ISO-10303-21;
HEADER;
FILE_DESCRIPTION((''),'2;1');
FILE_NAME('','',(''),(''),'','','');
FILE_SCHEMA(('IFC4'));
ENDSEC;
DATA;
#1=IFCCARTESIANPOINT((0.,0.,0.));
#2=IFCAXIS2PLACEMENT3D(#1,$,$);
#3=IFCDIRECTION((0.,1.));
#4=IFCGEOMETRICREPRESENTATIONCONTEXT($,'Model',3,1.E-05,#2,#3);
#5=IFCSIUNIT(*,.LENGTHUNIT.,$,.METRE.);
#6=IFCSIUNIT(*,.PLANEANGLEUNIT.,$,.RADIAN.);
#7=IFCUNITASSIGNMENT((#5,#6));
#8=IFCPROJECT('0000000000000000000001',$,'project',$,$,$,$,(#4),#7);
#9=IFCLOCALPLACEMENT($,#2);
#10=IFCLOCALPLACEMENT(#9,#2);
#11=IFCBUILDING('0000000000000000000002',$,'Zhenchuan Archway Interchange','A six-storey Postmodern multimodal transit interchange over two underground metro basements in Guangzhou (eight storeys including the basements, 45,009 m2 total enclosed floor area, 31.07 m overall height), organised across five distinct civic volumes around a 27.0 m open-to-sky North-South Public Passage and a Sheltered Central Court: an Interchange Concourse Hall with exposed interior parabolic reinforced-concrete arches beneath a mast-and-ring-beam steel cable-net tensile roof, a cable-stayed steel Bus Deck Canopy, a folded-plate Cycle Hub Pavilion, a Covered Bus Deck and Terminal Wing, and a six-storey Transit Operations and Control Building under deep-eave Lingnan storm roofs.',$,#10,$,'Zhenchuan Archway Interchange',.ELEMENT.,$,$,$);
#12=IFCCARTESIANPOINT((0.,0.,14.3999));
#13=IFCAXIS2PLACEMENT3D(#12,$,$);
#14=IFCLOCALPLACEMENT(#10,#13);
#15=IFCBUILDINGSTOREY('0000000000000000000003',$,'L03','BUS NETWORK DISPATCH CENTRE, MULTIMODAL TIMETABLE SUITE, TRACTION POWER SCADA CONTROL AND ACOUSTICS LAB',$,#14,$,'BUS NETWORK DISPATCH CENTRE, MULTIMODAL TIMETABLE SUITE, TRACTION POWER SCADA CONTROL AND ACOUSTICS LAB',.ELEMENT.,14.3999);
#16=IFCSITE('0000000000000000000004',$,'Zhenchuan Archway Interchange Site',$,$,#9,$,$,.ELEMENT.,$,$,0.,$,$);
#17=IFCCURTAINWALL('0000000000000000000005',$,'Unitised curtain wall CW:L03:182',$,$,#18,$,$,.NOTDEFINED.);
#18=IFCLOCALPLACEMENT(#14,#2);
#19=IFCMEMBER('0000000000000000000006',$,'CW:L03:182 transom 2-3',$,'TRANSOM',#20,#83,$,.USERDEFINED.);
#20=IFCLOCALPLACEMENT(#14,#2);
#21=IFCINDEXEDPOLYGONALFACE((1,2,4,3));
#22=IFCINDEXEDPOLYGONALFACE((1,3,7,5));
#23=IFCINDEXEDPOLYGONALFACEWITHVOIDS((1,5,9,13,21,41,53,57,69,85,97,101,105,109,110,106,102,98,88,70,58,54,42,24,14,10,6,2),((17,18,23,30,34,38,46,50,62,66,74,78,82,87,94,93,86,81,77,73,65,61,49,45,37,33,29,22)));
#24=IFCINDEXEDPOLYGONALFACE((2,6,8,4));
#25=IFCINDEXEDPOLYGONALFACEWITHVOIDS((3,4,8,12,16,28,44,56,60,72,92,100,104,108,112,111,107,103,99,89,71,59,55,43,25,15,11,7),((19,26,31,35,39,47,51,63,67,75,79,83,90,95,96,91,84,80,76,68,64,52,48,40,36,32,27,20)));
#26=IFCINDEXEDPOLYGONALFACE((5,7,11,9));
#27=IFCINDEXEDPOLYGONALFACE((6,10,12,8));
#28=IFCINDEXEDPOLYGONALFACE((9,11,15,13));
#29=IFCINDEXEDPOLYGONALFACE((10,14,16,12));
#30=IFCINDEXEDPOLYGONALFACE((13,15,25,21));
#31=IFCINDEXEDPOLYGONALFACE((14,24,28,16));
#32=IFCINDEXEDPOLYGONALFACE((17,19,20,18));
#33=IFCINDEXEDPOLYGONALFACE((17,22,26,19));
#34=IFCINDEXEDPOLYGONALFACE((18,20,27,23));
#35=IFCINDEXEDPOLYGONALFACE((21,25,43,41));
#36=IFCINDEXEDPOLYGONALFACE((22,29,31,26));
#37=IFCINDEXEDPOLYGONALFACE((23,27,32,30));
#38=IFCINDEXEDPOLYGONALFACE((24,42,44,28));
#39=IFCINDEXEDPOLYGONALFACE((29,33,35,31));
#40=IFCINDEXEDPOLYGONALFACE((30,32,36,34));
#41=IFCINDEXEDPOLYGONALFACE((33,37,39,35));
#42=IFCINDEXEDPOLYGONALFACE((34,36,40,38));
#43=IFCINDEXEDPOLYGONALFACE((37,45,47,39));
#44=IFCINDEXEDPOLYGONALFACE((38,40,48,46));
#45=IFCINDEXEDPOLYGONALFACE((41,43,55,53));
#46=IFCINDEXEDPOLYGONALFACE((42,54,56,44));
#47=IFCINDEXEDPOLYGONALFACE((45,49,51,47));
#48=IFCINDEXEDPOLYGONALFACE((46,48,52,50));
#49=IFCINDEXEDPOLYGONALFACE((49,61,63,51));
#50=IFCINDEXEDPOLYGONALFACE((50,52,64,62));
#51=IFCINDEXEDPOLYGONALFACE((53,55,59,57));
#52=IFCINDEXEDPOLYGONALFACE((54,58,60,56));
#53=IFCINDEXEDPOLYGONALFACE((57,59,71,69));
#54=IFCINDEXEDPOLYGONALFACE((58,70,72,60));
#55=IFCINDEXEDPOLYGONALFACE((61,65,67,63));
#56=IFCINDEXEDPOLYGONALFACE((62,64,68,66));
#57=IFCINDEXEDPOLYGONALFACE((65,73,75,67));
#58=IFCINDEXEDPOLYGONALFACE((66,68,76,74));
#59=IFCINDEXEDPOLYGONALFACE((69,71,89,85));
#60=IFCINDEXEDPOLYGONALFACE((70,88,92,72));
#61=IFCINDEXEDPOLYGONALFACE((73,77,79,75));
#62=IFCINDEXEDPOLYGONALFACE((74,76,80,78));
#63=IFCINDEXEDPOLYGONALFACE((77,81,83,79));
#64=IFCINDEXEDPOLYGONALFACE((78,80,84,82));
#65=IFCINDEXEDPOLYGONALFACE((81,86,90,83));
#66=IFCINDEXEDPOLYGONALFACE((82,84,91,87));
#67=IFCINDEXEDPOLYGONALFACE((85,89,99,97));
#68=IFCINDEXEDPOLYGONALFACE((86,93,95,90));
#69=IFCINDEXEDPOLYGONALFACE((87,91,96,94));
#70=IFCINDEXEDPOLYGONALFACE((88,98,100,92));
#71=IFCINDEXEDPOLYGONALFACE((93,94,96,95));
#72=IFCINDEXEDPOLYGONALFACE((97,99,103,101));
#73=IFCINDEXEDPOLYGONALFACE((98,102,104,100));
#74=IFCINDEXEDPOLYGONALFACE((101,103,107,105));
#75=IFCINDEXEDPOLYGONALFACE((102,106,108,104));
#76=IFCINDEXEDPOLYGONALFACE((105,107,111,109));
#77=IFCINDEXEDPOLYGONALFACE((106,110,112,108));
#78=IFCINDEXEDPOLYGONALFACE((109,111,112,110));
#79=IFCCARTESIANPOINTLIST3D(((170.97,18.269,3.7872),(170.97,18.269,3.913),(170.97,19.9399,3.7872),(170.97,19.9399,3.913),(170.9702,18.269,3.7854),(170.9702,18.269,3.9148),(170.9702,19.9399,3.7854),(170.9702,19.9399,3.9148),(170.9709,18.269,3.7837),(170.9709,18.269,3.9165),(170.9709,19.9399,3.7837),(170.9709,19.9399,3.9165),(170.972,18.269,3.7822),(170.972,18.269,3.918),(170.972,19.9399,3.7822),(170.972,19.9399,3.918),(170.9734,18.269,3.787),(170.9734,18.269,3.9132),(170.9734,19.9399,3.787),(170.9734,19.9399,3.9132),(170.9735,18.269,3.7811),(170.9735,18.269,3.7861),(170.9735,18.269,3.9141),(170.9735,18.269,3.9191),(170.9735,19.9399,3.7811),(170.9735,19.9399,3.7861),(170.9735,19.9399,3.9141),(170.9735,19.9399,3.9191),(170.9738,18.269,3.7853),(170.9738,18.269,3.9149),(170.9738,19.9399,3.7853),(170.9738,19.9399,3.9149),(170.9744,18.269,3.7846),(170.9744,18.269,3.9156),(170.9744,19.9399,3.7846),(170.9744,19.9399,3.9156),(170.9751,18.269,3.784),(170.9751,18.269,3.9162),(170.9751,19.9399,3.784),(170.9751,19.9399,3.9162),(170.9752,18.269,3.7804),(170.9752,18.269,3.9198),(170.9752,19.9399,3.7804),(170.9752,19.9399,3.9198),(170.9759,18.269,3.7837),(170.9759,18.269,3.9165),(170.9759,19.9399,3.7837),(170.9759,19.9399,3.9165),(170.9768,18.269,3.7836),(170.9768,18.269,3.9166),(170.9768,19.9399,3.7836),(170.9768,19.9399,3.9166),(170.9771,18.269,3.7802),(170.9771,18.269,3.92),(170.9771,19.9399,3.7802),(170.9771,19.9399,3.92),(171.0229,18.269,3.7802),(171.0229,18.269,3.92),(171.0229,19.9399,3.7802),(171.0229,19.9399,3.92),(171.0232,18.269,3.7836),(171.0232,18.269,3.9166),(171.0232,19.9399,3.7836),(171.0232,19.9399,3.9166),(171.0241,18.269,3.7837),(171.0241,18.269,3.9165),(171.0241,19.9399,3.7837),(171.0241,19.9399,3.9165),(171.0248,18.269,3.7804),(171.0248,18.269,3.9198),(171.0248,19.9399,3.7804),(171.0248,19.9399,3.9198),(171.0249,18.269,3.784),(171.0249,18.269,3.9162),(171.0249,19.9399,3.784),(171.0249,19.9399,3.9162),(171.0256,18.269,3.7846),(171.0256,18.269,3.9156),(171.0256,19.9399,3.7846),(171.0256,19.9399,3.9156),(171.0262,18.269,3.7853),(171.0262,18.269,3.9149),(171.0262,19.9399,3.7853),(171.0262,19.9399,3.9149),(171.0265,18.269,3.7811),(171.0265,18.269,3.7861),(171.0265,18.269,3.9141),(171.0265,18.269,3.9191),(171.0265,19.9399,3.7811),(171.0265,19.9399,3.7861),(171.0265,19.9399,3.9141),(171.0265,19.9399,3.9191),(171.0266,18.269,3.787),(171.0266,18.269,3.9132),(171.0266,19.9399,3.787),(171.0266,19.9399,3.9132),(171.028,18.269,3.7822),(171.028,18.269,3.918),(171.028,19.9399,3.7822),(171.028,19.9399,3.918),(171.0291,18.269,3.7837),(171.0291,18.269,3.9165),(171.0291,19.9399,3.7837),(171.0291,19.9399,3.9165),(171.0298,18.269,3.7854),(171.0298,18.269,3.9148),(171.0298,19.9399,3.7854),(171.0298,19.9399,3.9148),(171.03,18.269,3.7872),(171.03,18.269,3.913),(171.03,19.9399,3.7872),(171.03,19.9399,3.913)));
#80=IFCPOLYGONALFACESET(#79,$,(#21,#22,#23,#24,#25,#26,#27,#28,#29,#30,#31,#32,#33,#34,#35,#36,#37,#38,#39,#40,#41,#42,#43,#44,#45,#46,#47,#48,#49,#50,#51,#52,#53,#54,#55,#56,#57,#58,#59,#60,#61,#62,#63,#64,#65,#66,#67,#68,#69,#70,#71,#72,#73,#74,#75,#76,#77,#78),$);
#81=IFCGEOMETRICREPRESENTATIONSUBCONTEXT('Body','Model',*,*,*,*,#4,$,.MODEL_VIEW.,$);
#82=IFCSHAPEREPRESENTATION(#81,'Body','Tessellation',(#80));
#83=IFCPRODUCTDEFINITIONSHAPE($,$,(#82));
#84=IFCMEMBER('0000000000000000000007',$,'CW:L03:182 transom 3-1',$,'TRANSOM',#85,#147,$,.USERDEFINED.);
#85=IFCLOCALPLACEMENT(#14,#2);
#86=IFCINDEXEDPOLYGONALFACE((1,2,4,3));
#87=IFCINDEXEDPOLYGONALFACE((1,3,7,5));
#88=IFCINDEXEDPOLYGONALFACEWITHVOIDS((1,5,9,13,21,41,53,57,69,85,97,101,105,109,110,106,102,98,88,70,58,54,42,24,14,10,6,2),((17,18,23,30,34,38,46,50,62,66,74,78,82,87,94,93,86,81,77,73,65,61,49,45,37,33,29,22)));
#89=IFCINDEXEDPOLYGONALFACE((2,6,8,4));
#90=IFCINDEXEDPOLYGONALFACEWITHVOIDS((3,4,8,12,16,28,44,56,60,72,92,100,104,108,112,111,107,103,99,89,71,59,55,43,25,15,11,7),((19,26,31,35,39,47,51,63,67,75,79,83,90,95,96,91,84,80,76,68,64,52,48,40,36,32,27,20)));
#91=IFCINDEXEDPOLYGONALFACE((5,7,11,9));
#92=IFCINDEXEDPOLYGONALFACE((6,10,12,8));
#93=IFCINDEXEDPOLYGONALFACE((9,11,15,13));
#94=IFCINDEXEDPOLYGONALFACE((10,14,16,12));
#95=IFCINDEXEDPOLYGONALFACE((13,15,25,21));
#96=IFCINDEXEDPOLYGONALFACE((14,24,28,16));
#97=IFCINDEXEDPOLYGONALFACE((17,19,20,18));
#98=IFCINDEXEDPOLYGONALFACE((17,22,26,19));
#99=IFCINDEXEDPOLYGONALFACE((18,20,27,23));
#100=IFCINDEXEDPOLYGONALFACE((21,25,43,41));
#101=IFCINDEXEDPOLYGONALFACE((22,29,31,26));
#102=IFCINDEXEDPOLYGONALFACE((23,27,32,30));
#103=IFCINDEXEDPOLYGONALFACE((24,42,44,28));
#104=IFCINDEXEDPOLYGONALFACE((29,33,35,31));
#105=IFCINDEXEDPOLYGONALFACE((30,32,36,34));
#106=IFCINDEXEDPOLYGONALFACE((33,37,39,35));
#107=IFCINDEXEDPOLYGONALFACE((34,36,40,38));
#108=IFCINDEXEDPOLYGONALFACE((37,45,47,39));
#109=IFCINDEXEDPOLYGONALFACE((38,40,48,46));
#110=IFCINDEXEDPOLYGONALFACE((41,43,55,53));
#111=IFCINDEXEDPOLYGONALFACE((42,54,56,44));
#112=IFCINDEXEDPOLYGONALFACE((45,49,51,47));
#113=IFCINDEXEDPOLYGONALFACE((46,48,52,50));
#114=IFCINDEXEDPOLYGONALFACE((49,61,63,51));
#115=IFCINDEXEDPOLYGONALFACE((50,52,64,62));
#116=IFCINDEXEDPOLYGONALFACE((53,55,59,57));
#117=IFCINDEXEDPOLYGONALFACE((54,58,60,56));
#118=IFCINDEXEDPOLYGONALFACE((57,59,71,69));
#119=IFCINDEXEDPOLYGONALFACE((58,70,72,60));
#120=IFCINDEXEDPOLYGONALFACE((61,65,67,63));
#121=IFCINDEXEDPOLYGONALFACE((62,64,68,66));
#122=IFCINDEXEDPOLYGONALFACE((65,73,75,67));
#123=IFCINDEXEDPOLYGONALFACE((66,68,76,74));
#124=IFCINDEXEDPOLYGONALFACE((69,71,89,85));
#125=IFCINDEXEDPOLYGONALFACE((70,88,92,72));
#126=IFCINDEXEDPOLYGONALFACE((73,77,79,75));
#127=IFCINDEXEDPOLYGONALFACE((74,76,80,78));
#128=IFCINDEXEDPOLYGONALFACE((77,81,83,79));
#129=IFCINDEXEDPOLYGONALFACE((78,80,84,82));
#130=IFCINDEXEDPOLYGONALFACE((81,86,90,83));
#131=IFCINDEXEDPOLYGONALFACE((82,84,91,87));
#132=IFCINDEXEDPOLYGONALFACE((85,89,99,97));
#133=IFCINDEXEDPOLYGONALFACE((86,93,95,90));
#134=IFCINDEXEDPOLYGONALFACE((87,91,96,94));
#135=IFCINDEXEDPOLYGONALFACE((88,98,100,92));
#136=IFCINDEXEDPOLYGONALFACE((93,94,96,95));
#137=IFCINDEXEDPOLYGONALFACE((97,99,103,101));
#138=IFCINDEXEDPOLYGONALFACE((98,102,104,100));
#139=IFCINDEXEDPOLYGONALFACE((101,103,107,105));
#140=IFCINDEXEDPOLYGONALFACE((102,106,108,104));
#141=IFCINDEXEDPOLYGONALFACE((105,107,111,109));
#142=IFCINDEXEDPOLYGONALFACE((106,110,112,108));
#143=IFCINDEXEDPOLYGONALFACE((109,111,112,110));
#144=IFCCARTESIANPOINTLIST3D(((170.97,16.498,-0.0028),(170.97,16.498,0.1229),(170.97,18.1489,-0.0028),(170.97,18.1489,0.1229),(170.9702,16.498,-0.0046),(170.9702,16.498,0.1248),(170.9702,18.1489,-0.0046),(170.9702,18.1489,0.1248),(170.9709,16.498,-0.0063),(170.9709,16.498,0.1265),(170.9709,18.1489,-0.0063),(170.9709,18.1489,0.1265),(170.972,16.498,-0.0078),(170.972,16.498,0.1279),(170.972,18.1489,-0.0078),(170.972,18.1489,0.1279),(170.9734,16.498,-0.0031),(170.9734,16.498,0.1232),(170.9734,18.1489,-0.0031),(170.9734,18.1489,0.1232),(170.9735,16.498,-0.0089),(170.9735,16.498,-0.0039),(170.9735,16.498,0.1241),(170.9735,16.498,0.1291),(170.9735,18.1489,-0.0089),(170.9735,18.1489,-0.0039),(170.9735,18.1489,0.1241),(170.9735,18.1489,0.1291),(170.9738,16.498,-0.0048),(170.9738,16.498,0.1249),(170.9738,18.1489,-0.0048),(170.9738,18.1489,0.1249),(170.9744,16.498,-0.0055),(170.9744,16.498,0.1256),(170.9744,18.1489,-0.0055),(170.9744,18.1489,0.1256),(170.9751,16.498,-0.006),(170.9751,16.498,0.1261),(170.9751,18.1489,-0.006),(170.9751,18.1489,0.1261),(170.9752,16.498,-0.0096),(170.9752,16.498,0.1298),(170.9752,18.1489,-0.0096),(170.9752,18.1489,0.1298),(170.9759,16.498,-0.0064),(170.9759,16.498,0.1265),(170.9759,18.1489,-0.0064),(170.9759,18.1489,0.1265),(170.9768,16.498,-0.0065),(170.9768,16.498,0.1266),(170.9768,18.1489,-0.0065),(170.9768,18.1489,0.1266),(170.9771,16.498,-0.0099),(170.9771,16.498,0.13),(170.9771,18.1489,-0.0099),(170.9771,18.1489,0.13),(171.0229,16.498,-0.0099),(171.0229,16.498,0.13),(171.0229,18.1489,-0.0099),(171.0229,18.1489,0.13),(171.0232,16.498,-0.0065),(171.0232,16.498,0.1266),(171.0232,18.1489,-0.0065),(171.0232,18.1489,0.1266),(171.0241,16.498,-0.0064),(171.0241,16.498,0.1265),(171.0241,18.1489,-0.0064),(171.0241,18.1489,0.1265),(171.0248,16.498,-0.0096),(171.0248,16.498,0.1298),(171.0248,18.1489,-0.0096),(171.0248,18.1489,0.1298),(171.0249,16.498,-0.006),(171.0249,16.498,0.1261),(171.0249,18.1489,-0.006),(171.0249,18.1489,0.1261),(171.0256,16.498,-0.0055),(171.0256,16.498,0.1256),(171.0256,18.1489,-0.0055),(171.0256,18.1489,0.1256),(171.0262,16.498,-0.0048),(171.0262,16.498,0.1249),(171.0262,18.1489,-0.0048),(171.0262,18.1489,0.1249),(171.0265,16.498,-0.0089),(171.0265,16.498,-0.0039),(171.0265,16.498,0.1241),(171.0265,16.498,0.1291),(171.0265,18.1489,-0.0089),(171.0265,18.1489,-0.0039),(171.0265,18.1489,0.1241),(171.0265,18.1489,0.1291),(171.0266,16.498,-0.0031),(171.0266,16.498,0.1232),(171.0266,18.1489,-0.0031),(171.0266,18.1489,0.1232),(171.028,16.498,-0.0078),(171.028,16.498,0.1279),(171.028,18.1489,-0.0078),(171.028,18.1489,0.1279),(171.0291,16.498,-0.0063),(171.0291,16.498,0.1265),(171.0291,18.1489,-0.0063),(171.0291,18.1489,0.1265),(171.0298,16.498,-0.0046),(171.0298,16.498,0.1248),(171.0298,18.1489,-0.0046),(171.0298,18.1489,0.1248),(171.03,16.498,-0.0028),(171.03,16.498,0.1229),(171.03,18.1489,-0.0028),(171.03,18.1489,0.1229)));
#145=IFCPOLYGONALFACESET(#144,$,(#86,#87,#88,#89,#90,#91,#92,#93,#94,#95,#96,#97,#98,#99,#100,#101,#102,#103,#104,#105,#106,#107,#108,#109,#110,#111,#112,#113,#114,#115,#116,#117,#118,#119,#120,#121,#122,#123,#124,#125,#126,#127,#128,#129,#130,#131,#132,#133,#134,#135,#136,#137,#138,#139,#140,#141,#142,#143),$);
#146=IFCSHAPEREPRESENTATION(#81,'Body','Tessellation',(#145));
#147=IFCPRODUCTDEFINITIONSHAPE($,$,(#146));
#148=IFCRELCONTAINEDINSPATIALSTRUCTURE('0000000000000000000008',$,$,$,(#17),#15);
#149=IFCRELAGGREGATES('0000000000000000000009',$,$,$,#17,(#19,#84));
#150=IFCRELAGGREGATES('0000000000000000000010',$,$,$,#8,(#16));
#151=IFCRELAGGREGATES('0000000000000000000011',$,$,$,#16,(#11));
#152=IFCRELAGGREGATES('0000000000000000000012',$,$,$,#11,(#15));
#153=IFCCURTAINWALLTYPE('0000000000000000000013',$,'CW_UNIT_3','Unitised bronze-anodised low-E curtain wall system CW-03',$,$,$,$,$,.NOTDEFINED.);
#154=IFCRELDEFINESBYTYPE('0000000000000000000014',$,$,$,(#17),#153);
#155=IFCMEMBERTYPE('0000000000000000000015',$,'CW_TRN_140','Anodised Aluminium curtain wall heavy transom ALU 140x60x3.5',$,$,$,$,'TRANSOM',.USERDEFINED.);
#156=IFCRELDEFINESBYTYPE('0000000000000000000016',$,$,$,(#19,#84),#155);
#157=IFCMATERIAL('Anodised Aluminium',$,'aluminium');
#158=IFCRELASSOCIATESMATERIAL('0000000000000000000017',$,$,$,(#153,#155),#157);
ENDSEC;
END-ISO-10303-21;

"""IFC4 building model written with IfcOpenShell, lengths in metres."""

from ifc_helpers import new_model, si_unit, direction, frame, origin, origin_2d, place, context, subcontext, project, spatial, hollow_rectangle, extrude, material, material_profile, profile_set, type_object, element, aggregate, save


model = new_model("IFC4")

# Units and contexts
model_context = context("Model", 3, precision=1e-05, world=origin(), true_north=direction((0.0, 1.0)))
body_context = subcontext(model_context, "Body", "Model", "MODEL_VIEW")
ifc_project = project(units=[si_unit("LENGTHUNIT", "METRE"), si_unit("PLANEANGLEUNIT", "RADIAN")], contexts=[model_context])

# Site, building, storey
site_placement = place(None, origin())
site = spatial("IfcSite", under=ifc_project, at=site_placement, Name="Zhenchuan Archway Interchange Site", CompositionType="ELEMENT", RefElevation=0.0)
building_placement = place(site_placement, origin())
building = spatial("IfcBuilding", under=site, at=building_placement, Name="Zhenchuan Archway Interchange", Description="A six-storey Postmodern multimodal transit interchange over two underground metro basements in Guangzhou (eight storeys including the basements, 45,009 m2 total enclosed floor area, 31.07 m overall height), organised across five distinct civic volumes around a 27.0 m open-to-sky North-South Public Passage and a Sheltered Central Court: an Interchange Concourse Hall with exposed interior parabolic reinforced-concrete arches beneath a mast-and-ring-beam steel cable-net tensile roof, a cable-stayed steel Bus Deck Canopy, a folded-plate Cycle Hub Pavilion, a Covered Bus Deck and Terminal Wing, and a six-storey Transit Operations and Control Building under deep-eave Lingnan storm roofs.", LongName="Zhenchuan Archway Interchange", CompositionType="ELEMENT")
storey_placement = place(building_placement, frame((0.0, 0.0, 14.3999)))
storey = spatial("IfcBuildingStorey", under=building, at=storey_placement, Name="L03", Description="BUS NETWORK DISPATCH CENTRE, MULTIMODAL TIMETABLE SUITE, TRACTION POWER SCADA CONTROL AND ACOUSTICS LAB", LongName="BUS NETWORK DISPATCH CENTRE, MULTIMODAL TIMETABLE SUITE, TRACTION POWER SCADA CONTROL AND ACOUSTICS LAB", CompositionType="ELEMENT", Elevation=14.3999)

# Curtain wall, members
ifc_material_1 = material(Name="Anodised Aluminium", Category="aluminium")
curtain_wall_type = type_object("IfcCurtainWallType", Name="CW_UNIT_3", Description="Unitised bronze-anodised low-E curtain wall system CW-03", PredefinedType="NOTDEFINED", material=ifc_material_1)
curtain_wall_placement = place(storey_placement, origin())
curtain_wall = element("IfcCurtainWall", 1, at=curtain_wall_placement, inside=storey, type_object=curtain_wall_type, Name="Unitised curtain wall CW:L03:182", PredefinedType="NOTDEFINED")
ifc_material_profile_1 = material_profile(ifc_material_1, hollow_rectangle(XDim=0.0601, YDim=0.1399, WallThickness=0.0034, InnerFilletRadius=0.0034, OuterFilletRadius=0.0071, at=origin_2d()), Name="ALU 140x60x3.5")
ifc_profile_set_1 = profile_set([ifc_material_profile_1], Name="Anodised Aluminium")
member_type_1 = type_object("IfcMemberType", Name="CW_TRN_140", Description="Anodised Aluminium curtain wall heavy transom ALU 140x60x3.5", ElementType="TRANSOM", PredefinedType="USERDEFINED", material=ifc_profile_set_1)
member_1_placement = place(storey_placement, frame((171.0, 19.9399, 3.8501), z_axis=(0.0, -1.0, 0.0), x_axis=(1.0, 0.0, 0.0)))
member_1 = element("IfcMember", 2, at=member_1_placement, type_object=member_type_1, Name="CW:L03:182 transom 2-3", ObjectType="TRANSOM", PredefinedType="USERDEFINED", context=body_context, shape_type="SweptSolid", body=[
    extrude(hollow_rectangle(XDim=0.0601, YDim=0.1399, WallThickness=0.0034, InnerFilletRadius=0.0034, OuterFilletRadius=0.0071, at=origin_2d()), origin(), (0.0, 0.0, 1.0), 1.6709),
])
member_2_placement = place(storey_placement, frame((171.0, 18.1489, 0.0601), z_axis=(0.0, -1.0, 0.0), x_axis=(1.0, 0.0, 0.0)))
member_2 = element("IfcMember", 3, at=member_2_placement, type_object=member_type_1, Name="CW:L03:182 transom 3-1", ObjectType="TRANSOM", PredefinedType="USERDEFINED", context=body_context, shape_type="SweptSolid", body=[
    extrude(hollow_rectangle(XDim=0.0601, YDim=0.1399, WallThickness=0.0034, InnerFilletRadius=0.0034, OuterFilletRadius=0.0071, at=origin_2d()), origin(), (0.0, 0.0, 1.0), 1.6509),
])

aggregate(curtain_wall, [member_1, member_2])

save(model, "model.ifc")
